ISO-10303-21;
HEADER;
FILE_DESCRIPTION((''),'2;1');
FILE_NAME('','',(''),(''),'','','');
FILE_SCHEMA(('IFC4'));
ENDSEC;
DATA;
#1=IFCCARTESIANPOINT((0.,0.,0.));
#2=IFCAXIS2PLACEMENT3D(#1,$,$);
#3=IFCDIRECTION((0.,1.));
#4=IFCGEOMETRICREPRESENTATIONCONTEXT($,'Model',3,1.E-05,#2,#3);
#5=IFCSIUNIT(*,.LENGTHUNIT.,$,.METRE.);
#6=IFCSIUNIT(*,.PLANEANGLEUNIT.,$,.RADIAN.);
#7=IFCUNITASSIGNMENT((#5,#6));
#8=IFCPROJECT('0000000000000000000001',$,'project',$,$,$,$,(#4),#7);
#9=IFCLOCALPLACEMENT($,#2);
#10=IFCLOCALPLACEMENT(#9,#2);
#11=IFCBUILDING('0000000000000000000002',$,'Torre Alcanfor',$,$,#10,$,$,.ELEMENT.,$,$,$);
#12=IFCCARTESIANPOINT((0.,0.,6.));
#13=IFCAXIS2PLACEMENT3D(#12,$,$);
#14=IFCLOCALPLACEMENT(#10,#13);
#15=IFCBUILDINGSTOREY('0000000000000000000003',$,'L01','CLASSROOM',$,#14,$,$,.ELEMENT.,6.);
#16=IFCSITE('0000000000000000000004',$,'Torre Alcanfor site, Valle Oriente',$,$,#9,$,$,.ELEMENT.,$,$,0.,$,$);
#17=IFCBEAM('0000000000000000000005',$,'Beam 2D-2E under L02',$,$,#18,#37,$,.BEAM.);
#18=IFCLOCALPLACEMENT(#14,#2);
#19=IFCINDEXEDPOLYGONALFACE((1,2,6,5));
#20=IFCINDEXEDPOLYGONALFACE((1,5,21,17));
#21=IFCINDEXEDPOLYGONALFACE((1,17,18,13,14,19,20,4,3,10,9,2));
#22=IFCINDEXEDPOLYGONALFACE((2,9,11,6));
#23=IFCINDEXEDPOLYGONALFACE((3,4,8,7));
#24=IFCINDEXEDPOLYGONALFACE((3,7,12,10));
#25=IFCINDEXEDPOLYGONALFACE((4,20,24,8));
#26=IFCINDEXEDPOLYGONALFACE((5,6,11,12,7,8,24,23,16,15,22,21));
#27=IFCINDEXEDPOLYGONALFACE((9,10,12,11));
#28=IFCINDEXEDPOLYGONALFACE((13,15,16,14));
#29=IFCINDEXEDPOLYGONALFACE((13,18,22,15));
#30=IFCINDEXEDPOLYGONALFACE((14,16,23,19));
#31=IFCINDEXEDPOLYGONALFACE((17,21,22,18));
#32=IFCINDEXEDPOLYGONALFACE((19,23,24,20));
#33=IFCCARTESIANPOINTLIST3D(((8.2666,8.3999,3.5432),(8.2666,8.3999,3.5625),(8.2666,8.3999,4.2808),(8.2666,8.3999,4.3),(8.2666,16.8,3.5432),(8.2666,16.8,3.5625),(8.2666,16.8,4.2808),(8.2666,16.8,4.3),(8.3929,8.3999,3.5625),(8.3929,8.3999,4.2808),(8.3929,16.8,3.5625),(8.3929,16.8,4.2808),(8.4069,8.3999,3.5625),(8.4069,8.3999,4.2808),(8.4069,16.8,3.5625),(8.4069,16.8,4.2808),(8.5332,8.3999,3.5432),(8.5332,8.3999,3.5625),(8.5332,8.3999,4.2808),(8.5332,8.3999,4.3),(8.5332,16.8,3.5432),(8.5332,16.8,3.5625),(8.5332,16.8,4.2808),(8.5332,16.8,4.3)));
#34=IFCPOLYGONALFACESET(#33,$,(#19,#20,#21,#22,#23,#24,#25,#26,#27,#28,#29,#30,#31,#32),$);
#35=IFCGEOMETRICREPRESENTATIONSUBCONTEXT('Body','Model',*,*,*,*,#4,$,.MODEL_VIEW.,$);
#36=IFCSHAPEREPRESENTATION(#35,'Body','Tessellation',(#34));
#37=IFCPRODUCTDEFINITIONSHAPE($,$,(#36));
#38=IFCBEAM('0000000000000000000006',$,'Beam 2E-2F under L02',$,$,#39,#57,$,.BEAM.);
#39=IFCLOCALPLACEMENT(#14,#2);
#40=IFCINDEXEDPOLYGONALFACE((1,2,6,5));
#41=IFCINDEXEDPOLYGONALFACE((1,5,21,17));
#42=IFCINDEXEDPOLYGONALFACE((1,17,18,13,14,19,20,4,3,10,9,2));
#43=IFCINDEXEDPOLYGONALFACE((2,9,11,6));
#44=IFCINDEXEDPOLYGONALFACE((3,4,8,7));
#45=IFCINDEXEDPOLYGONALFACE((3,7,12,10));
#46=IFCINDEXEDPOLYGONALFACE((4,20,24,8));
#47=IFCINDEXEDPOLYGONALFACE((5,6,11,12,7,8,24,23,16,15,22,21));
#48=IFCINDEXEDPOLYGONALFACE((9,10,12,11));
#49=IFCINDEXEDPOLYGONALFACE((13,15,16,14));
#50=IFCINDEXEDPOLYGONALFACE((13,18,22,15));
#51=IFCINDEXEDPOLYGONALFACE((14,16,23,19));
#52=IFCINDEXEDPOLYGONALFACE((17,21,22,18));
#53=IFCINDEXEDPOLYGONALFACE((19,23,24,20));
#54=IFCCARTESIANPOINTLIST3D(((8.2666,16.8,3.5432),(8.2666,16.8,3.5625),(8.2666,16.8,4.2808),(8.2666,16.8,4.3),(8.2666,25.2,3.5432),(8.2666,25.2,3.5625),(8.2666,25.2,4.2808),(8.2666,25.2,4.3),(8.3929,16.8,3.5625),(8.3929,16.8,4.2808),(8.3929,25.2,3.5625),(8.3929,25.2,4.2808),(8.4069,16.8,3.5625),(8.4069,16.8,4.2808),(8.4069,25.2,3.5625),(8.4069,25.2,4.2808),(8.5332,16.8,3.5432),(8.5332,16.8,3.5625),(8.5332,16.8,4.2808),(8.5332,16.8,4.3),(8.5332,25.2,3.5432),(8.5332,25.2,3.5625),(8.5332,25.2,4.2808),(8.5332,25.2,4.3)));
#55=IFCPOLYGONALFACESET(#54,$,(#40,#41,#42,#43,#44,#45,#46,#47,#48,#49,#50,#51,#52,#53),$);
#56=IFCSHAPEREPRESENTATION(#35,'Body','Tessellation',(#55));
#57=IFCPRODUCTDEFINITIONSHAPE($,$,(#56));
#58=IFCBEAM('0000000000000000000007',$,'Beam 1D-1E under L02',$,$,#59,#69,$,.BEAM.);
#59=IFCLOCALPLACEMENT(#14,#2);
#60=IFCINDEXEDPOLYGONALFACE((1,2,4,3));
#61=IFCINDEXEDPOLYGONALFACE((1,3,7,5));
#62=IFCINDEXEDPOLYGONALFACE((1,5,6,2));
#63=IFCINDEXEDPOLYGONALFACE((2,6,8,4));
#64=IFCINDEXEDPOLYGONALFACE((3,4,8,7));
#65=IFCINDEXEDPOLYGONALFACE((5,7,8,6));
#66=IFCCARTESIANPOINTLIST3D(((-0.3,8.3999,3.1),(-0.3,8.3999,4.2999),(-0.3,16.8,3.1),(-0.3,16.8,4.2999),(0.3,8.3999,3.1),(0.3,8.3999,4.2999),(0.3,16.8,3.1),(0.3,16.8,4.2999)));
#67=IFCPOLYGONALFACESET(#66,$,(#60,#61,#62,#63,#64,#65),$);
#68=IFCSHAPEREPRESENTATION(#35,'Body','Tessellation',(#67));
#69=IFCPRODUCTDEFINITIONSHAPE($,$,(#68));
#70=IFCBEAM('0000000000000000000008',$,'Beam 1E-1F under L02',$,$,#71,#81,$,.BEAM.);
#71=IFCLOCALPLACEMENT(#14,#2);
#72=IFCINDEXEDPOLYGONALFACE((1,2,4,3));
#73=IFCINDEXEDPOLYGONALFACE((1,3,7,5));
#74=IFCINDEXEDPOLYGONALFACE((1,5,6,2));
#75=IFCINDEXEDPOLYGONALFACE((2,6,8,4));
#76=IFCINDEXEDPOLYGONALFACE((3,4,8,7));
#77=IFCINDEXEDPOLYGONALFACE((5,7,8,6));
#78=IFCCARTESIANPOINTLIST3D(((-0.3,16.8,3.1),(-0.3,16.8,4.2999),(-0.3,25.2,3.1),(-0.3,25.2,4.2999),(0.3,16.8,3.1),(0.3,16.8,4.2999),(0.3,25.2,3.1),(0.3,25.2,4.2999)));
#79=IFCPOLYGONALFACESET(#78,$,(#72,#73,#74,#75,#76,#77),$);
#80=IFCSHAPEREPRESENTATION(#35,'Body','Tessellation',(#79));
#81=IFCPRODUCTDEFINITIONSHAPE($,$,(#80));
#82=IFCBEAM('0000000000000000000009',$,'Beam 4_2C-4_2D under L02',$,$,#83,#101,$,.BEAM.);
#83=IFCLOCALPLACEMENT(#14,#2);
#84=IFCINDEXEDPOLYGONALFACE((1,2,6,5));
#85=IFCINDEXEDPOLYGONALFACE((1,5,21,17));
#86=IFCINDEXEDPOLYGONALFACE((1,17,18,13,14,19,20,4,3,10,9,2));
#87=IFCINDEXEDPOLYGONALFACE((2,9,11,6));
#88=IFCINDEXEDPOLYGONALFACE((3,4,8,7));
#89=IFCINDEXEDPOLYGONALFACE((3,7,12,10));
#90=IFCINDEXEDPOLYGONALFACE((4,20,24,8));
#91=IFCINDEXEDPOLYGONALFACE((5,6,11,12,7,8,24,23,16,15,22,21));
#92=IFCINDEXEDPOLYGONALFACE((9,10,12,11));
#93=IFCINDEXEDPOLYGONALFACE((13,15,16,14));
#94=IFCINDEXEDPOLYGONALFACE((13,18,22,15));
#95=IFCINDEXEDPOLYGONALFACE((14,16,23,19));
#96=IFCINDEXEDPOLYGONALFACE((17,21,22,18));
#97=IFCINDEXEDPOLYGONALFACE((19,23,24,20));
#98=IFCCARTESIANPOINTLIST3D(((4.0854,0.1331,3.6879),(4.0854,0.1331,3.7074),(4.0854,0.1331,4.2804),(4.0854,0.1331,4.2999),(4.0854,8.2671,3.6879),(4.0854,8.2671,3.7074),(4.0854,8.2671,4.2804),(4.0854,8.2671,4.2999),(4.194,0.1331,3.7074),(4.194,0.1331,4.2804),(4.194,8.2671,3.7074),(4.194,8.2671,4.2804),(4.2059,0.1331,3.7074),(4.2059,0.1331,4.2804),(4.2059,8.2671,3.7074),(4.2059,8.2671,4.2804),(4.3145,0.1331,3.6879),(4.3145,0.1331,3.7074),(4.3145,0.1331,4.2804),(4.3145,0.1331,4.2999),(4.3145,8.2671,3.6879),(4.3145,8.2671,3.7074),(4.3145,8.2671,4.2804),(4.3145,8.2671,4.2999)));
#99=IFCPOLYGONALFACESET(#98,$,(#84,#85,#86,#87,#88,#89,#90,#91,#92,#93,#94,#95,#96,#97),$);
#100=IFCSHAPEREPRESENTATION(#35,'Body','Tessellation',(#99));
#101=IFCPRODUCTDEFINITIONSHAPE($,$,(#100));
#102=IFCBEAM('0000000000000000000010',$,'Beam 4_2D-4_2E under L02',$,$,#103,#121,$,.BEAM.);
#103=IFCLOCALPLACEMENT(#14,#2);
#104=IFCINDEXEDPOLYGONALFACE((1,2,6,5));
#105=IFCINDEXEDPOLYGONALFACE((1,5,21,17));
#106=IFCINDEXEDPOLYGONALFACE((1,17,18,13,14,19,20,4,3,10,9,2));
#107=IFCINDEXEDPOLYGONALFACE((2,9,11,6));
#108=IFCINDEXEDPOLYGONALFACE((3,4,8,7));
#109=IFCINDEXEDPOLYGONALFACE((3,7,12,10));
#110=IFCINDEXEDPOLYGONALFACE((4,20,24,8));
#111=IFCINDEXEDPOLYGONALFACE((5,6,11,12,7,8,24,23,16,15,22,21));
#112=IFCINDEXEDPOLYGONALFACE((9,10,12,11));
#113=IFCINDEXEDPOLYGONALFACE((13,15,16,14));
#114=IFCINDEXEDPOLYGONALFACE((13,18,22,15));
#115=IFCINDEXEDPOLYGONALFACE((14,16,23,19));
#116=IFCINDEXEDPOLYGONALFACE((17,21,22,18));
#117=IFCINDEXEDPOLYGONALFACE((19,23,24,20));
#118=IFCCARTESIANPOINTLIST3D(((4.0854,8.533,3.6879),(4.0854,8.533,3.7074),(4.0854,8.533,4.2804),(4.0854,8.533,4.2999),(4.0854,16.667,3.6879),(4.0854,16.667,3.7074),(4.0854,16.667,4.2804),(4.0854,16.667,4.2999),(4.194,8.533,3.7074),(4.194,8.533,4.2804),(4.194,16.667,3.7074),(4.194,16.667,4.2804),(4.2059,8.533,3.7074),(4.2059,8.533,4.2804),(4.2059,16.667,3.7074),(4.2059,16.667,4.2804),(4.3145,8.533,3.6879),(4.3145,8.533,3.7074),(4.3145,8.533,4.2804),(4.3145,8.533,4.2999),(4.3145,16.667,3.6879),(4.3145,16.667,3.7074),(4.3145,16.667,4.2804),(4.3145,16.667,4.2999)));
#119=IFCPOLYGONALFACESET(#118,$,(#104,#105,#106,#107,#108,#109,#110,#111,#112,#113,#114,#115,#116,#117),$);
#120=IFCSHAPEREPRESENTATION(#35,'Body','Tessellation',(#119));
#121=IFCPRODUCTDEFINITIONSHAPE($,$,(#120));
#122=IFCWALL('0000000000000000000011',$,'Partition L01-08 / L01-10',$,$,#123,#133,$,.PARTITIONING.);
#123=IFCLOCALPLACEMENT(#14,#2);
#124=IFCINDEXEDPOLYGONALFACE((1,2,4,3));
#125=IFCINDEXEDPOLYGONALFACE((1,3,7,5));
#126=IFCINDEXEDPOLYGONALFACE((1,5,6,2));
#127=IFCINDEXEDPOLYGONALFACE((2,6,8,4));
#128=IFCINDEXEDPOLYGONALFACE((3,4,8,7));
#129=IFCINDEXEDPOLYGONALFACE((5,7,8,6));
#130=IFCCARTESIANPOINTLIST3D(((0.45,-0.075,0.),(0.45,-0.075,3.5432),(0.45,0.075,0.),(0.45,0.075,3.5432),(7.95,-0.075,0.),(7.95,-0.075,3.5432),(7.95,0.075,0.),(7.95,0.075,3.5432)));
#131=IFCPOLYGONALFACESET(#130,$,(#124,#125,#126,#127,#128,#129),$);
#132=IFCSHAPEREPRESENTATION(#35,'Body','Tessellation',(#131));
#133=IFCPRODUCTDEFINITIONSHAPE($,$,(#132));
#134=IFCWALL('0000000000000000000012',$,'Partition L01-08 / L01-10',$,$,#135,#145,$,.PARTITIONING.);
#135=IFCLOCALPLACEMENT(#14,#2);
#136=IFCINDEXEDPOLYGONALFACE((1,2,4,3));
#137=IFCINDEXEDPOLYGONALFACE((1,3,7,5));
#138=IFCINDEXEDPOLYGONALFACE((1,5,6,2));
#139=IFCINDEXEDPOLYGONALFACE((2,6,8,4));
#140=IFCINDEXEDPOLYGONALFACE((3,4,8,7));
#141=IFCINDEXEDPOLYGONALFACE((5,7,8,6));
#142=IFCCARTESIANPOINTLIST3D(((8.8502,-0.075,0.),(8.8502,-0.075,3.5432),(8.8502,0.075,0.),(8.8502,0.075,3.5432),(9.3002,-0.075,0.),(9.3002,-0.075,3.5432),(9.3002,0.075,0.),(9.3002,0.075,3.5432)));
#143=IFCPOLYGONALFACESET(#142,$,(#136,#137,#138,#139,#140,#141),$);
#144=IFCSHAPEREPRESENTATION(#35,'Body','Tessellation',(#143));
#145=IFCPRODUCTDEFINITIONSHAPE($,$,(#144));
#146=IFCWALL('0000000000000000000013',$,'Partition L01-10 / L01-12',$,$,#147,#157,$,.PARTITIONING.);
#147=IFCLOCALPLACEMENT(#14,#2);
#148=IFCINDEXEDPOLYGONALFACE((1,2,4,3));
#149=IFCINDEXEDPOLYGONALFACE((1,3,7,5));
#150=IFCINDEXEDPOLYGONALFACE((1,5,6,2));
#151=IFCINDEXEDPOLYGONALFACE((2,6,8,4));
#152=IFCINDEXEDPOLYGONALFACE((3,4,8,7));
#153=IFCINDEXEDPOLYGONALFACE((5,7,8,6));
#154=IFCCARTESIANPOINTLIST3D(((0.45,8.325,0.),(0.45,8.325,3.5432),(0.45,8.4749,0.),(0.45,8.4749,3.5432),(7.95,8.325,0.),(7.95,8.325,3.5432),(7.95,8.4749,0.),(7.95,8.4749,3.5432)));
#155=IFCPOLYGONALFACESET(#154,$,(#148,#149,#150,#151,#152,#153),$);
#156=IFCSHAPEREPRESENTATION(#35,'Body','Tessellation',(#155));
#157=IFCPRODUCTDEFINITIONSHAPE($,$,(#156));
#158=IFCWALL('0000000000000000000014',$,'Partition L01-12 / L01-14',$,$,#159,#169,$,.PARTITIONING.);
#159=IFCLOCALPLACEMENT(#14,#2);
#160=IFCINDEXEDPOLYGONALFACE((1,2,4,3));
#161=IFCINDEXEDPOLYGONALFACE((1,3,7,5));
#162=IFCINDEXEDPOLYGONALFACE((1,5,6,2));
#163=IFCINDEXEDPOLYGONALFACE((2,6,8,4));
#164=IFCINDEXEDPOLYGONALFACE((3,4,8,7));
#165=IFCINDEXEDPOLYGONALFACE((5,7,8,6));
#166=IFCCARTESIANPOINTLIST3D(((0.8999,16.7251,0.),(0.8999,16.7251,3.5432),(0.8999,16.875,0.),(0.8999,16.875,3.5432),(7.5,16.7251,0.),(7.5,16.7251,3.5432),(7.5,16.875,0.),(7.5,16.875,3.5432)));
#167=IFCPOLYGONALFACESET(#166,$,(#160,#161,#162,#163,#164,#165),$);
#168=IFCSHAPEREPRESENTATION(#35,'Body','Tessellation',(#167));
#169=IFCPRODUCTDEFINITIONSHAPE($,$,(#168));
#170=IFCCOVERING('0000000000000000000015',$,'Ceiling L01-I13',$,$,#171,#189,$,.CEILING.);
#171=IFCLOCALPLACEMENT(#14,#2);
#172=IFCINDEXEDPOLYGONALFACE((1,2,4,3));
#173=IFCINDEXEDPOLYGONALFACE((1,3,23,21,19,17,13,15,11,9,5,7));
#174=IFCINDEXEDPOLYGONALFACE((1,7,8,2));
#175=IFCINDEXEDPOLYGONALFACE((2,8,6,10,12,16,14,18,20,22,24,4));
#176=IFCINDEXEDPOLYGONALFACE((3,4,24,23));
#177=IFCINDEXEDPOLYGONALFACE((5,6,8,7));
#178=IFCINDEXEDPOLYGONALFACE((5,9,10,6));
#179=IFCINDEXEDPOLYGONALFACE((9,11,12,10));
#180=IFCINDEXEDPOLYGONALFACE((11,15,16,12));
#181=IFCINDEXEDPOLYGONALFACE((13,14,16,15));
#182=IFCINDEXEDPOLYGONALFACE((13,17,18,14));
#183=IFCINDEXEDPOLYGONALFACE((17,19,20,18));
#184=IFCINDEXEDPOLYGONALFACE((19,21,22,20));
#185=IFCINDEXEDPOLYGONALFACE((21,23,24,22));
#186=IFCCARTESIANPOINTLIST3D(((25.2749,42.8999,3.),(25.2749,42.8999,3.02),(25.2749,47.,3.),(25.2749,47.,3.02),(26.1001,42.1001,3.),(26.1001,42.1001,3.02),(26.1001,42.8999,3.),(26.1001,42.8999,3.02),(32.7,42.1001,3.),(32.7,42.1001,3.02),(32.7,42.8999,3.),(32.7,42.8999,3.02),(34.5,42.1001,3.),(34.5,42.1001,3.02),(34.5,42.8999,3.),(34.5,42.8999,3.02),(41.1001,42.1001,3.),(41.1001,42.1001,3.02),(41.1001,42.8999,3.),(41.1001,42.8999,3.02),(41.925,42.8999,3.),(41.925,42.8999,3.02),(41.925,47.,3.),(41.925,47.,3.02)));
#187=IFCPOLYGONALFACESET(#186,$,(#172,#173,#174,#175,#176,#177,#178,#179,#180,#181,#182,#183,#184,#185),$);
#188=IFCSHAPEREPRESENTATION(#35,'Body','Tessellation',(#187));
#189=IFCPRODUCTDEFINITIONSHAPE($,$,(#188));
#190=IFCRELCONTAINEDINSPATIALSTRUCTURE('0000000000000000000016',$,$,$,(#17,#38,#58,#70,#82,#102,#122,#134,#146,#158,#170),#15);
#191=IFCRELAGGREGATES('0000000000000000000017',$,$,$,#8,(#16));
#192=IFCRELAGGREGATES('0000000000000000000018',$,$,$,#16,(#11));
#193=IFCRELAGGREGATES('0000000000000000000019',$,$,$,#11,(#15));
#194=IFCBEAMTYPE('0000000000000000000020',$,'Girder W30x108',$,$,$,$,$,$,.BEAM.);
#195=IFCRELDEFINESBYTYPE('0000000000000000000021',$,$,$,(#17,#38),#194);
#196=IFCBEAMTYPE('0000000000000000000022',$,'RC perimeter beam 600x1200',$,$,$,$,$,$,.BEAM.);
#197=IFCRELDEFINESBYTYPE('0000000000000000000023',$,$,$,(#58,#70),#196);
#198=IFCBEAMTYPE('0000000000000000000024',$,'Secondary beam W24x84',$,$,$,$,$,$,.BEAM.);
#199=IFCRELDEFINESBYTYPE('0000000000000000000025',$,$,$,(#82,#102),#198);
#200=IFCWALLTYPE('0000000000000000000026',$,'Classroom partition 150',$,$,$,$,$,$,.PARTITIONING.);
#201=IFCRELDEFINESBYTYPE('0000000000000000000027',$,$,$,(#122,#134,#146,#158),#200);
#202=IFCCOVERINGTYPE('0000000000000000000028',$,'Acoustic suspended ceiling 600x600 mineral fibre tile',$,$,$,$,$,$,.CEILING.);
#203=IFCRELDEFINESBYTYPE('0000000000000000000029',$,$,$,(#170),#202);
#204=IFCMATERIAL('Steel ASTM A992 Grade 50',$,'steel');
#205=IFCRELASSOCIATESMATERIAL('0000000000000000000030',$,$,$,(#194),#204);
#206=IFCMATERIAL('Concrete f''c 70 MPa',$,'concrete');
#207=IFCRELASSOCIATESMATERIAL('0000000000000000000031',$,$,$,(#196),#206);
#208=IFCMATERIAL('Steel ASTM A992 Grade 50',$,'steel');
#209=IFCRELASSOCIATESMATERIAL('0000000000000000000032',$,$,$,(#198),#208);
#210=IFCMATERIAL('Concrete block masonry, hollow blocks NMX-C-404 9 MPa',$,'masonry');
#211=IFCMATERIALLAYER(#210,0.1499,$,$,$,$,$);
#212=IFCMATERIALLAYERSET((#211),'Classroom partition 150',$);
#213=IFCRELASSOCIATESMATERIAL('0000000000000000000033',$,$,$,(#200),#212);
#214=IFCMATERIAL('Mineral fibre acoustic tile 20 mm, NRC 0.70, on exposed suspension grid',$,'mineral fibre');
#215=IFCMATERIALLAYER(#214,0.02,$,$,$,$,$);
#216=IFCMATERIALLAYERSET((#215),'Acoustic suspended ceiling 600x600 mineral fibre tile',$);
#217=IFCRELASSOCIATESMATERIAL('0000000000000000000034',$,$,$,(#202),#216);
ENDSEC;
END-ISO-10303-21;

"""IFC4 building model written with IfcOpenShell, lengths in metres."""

from ifc_helpers import new_model, si_unit, direction, frame, frame_2d, origin, origin_2d, place, context, subcontext, project, spatial, polyline, rectangle, i_section, outline, extrude, material, layer, layer_set, material_profile, profile_set, type_object, element, save


model = new_model("IFC4")

# Units and contexts
model_context = context("Model", 3, precision=1e-05, world=origin(), true_north=direction((0.0, 1.0)))
body_context = subcontext(model_context, "Body", "Model", "MODEL_VIEW")
ifc_project = project(units=[si_unit("LENGTHUNIT", "METRE"), si_unit("PLANEANGLEUNIT", "RADIAN")], contexts=[model_context])

# Site, building, storey
site_placement = place(None, origin())
site = spatial("IfcSite", under=ifc_project, at=site_placement, Name="Torre Alcanfor site, Valle Oriente", CompositionType="ELEMENT", RefElevation=0.0)
building_placement = place(site_placement, origin())
building = spatial("IfcBuilding", under=site, at=building_placement, Name="Torre Alcanfor", CompositionType="ELEMENT")
storey_placement = place(building_placement, frame((0.0, 0.0, 6.0)))
storey = spatial("IfcBuildingStorey", under=building, at=storey_placement, Name="L01", Description="CLASSROOM", CompositionType="ELEMENT", Elevation=6.0)

# Beams
ifc_material_1 = material(Name="Steel ASTM A992 Grade 50", Category="steel")
ifc_material_profile_1 = material_profile(ifc_material_1, i_section(OverallWidth=0.2666, OverallDepth=0.7568, WebThickness=0.0139, FlangeThickness=0.0193, at=origin_2d()), Name="W30x108")
ifc_profile_set_1 = profile_set([ifc_material_profile_1], Name="Steel ASTM A992 Grade 50")
beam_type_1 = type_object("IfcBeamType", Name="Girder W30x108", PredefinedType="BEAM", material=ifc_profile_set_1)
beam_1_placement = place(storey_placement, frame((8.3999, 8.3999, 3.9216), z_axis=(0.0, 1.0, 0.0), x_axis=(-1.0, 0.0, 0.0)))
element("IfcBeam", 1, at=beam_1_placement, inside=storey, type_object=beam_type_1, Name="Beam 2D-2E under L02", PredefinedType="BEAM", context=body_context, shape_type="SweptSolid", body=[
    extrude(i_section(OverallWidth=0.2666, OverallDepth=0.7568, WebThickness=0.0139, FlangeThickness=0.0193, at=origin_2d()), origin(), (0.0, 0.0, 1.0), 8.4001),
])
beam_2_placement = place(storey_placement, frame((8.3999, 16.8, 3.9216), z_axis=(0.0, 1.0, 0.0), x_axis=(-1.0, 0.0, 0.0)))
element("IfcBeam", 2, at=beam_2_placement, inside=storey, type_object=beam_type_1, Name="Beam 2E-2F under L02", PredefinedType="BEAM", context=body_context, shape_type="SweptSolid", body=[
    extrude(i_section(OverallWidth=0.2666, OverallDepth=0.7568, WebThickness=0.0139, FlangeThickness=0.0193, at=origin_2d()), origin(), (0.0, 0.0, 1.0), 8.3999),
])
ifc_material_2 = material(Name="Concrete f'c 70 MPa", Category="concrete")
ifc_material_profile_2 = material_profile(ifc_material_2, rectangle(XDim=0.6001, YDim=1.2, at=origin_2d()), Name="600x1200")
ifc_profile_set_2 = profile_set([ifc_material_profile_2], Name="Concrete f'c 70 MPa")
beam_type_2 = type_object("IfcBeamType", Name="RC perimeter beam 600x1200", PredefinedType="BEAM", material=ifc_profile_set_2)
beam_3_placement = place(storey_placement, frame((0.0, 8.3999, 3.7), z_axis=(0.0, 1.0, 0.0), x_axis=(-1.0, 0.0, 0.0)))
element("IfcBeam", 3, at=beam_3_placement, inside=storey, type_object=beam_type_2, Name="Beam 1D-1E under L02", PredefinedType="BEAM", context=body_context, shape_type="SweptSolid", body=[
    extrude(rectangle(XDim=0.6001, YDim=1.2, at=origin_2d()), origin(), (0.0, 0.0, 1.0), 8.4001),
])
beam_4_placement = place(storey_placement, frame((0.0, 16.8, 3.7), z_axis=(0.0, 1.0, 0.0), x_axis=(-1.0, 0.0, 0.0)))
element("IfcBeam", 4, at=beam_4_placement, inside=storey, type_object=beam_type_2, Name="Beam 1E-1F under L02", PredefinedType="BEAM", context=body_context, shape_type="SweptSolid", body=[
    extrude(rectangle(XDim=0.6001, YDim=1.2, at=origin_2d()), origin(), (0.0, 0.0, 1.0), 8.3999),
])
ifc_material_3 = material(Name="Steel ASTM A992 Grade 50", Category="steel")
ifc_material_profile_3 = material_profile(ifc_material_3, i_section(OverallWidth=0.229, OverallDepth=0.6121, WebThickness=0.012, FlangeThickness=0.0195, at=origin_2d()), Name="W24x84")
ifc_profile_set_3 = profile_set([ifc_material_profile_3], Name="Steel ASTM A992 Grade 50")
beam_type_3 = type_object("IfcBeamType", Name="Secondary beam W24x84", PredefinedType="BEAM", material=ifc_profile_set_3)
for number, where, z_axis, x_axis, name in (
    (5, (4.2, 0.1331, 3.9939), (0.0, 1.0, 0.0), (-1.0, 0.0, 0.0), "Beam 4_2C-4_2D under L02"),
    (6, (4.2, 8.533, 3.9939), (0.0, 1.0, 0.0), (-1.0, 0.0, 0.0), "Beam 4_2D-4_2E under L02"),
):
    element("IfcBeam", number, at=place(storey_placement, frame(where, z_axis=z_axis, x_axis=x_axis)), inside=storey, type_object=beam_type_3, Name=name, PredefinedType="BEAM", context=body_context, shape_type="SweptSolid", body=[
        extrude(i_section(OverallWidth=0.229, OverallDepth=0.6121, WebThickness=0.012, FlangeThickness=0.0195, at=origin_2d()), origin(), (0.0, 0.0, 1.0), 8.134),
    ])

# Walls
ifc_material_4 = material(Name="Concrete block masonry, hollow blocks NMX-C-404 9 MPa", Category="masonry")
ifc_layer_1 = layer(ifc_material_4, 0.1499)
ifc_layer_set_1 = layer_set([ifc_layer_1], Name="Classroom partition 150")
wall_type = type_object("IfcWallType", Name="Classroom partition 150", PredefinedType="PARTITIONING", material=ifc_layer_set_1)
wall_1_placement = place(storey_placement, frame((0.45, 0.0, 0.0), z_axis=(0.0, 0.0, 1.0), x_axis=(1.0, 0.0, 0.0)))
element("IfcWall", 7, at=wall_1_placement, inside=storey, type_object=wall_type, Name="Partition L01-08 / L01-10", PredefinedType="PARTITIONING", context=body_context, shape_type="SweptSolid", body=[
    extrude(rectangle(XDim=7.5, YDim=0.1499, at=frame_2d((3.75, 0.0))), origin(), (0.0, 0.0, 1.0), 3.5432),
])
wall_2_placement = place(storey_placement, frame((8.8501, 0.0, 0.0), z_axis=(0.0, 0.0, 1.0), x_axis=(1.0, 0.0, 0.0)))
element("IfcWall", 8, at=wall_2_placement, inside=storey, type_object=wall_type, Name="Partition L01-08 / L01-10", PredefinedType="PARTITIONING", context=body_context, shape_type="SweptSolid", body=[
    extrude(rectangle(XDim=0.45, YDim=0.1499, at=frame_2d((0.2251, 0.0))), origin(), (0.0, 0.0, 1.0), 3.5432),
])
wall_3_placement = place(storey_placement, frame((0.45, 8.3999, 0.0), z_axis=(0.0, 0.0, 1.0), x_axis=(1.0, 0.0, 0.0)))
element("IfcWall", 9, at=wall_3_placement, inside=storey, type_object=wall_type, Name="Partition L01-10 / L01-12", PredefinedType="PARTITIONING", context=body_context, shape_type="SweptSolid", body=[
    extrude(rectangle(XDim=7.5, YDim=0.1499, at=frame_2d((3.75, 0.0))), origin(), (0.0, 0.0, 1.0), 3.5432),
])
wall_4_placement = place(storey_placement, frame((0.8999, 16.8, 0.0), z_axis=(0.0, 0.0, 1.0), x_axis=(1.0, 0.0, 0.0)))
element("IfcWall", 10, at=wall_4_placement, inside=storey, type_object=wall_type, Name="Partition L01-12 / L01-14", PredefinedType="PARTITIONING", context=body_context, shape_type="SweptSolid", body=[
    extrude(rectangle(XDim=6.6001, YDim=0.1499, at=frame_2d((3.3, 0.0))), origin(), (0.0, 0.0, 1.0), 3.5432),
])

# Covering
ifc_material_5 = material(Name="Mineral fibre acoustic tile 20 mm, NRC 0.70, on exposed suspension grid", Category="mineral fibre")
ifc_layer_2 = layer(ifc_material_5, 0.02)
ifc_layer_set_2 = layer_set([ifc_layer_2], Name="Acoustic suspended ceiling 600x600 mineral fibre tile")
covering_type_1 = type_object("IfcCoveringType", Name="Acoustic suspended ceiling 600x600 mineral fibre tile", PredefinedType="CEILING", material=ifc_layer_set_2)
covering_1_placement = place(storey_placement, frame((0.0, 0.0, 3.0)))
element("IfcCovering", 11, at=covering_1_placement, inside=storey, type_object=covering_type_1, Name="Ceiling L01-I13", PredefinedType="CEILING", context=body_context, shape_type="SweptSolid", body=[
    extrude(outline(polyline([(41.1001, 42.1001), (41.1001, 42.8999), (41.925, 42.8999), (41.925, 47.0), (25.2749, 47.0), (25.2749, 42.8999), (26.1001, 42.8999), (26.1001, 42.1001), (32.7, 42.1001), (32.7, 42.8999), (34.5, 42.8999), (34.5, 42.1001), (41.1001, 42.1001)])), origin(), (0.0, 0.0, 1.0), 0.02),
])

save(model, "model.ifc")
